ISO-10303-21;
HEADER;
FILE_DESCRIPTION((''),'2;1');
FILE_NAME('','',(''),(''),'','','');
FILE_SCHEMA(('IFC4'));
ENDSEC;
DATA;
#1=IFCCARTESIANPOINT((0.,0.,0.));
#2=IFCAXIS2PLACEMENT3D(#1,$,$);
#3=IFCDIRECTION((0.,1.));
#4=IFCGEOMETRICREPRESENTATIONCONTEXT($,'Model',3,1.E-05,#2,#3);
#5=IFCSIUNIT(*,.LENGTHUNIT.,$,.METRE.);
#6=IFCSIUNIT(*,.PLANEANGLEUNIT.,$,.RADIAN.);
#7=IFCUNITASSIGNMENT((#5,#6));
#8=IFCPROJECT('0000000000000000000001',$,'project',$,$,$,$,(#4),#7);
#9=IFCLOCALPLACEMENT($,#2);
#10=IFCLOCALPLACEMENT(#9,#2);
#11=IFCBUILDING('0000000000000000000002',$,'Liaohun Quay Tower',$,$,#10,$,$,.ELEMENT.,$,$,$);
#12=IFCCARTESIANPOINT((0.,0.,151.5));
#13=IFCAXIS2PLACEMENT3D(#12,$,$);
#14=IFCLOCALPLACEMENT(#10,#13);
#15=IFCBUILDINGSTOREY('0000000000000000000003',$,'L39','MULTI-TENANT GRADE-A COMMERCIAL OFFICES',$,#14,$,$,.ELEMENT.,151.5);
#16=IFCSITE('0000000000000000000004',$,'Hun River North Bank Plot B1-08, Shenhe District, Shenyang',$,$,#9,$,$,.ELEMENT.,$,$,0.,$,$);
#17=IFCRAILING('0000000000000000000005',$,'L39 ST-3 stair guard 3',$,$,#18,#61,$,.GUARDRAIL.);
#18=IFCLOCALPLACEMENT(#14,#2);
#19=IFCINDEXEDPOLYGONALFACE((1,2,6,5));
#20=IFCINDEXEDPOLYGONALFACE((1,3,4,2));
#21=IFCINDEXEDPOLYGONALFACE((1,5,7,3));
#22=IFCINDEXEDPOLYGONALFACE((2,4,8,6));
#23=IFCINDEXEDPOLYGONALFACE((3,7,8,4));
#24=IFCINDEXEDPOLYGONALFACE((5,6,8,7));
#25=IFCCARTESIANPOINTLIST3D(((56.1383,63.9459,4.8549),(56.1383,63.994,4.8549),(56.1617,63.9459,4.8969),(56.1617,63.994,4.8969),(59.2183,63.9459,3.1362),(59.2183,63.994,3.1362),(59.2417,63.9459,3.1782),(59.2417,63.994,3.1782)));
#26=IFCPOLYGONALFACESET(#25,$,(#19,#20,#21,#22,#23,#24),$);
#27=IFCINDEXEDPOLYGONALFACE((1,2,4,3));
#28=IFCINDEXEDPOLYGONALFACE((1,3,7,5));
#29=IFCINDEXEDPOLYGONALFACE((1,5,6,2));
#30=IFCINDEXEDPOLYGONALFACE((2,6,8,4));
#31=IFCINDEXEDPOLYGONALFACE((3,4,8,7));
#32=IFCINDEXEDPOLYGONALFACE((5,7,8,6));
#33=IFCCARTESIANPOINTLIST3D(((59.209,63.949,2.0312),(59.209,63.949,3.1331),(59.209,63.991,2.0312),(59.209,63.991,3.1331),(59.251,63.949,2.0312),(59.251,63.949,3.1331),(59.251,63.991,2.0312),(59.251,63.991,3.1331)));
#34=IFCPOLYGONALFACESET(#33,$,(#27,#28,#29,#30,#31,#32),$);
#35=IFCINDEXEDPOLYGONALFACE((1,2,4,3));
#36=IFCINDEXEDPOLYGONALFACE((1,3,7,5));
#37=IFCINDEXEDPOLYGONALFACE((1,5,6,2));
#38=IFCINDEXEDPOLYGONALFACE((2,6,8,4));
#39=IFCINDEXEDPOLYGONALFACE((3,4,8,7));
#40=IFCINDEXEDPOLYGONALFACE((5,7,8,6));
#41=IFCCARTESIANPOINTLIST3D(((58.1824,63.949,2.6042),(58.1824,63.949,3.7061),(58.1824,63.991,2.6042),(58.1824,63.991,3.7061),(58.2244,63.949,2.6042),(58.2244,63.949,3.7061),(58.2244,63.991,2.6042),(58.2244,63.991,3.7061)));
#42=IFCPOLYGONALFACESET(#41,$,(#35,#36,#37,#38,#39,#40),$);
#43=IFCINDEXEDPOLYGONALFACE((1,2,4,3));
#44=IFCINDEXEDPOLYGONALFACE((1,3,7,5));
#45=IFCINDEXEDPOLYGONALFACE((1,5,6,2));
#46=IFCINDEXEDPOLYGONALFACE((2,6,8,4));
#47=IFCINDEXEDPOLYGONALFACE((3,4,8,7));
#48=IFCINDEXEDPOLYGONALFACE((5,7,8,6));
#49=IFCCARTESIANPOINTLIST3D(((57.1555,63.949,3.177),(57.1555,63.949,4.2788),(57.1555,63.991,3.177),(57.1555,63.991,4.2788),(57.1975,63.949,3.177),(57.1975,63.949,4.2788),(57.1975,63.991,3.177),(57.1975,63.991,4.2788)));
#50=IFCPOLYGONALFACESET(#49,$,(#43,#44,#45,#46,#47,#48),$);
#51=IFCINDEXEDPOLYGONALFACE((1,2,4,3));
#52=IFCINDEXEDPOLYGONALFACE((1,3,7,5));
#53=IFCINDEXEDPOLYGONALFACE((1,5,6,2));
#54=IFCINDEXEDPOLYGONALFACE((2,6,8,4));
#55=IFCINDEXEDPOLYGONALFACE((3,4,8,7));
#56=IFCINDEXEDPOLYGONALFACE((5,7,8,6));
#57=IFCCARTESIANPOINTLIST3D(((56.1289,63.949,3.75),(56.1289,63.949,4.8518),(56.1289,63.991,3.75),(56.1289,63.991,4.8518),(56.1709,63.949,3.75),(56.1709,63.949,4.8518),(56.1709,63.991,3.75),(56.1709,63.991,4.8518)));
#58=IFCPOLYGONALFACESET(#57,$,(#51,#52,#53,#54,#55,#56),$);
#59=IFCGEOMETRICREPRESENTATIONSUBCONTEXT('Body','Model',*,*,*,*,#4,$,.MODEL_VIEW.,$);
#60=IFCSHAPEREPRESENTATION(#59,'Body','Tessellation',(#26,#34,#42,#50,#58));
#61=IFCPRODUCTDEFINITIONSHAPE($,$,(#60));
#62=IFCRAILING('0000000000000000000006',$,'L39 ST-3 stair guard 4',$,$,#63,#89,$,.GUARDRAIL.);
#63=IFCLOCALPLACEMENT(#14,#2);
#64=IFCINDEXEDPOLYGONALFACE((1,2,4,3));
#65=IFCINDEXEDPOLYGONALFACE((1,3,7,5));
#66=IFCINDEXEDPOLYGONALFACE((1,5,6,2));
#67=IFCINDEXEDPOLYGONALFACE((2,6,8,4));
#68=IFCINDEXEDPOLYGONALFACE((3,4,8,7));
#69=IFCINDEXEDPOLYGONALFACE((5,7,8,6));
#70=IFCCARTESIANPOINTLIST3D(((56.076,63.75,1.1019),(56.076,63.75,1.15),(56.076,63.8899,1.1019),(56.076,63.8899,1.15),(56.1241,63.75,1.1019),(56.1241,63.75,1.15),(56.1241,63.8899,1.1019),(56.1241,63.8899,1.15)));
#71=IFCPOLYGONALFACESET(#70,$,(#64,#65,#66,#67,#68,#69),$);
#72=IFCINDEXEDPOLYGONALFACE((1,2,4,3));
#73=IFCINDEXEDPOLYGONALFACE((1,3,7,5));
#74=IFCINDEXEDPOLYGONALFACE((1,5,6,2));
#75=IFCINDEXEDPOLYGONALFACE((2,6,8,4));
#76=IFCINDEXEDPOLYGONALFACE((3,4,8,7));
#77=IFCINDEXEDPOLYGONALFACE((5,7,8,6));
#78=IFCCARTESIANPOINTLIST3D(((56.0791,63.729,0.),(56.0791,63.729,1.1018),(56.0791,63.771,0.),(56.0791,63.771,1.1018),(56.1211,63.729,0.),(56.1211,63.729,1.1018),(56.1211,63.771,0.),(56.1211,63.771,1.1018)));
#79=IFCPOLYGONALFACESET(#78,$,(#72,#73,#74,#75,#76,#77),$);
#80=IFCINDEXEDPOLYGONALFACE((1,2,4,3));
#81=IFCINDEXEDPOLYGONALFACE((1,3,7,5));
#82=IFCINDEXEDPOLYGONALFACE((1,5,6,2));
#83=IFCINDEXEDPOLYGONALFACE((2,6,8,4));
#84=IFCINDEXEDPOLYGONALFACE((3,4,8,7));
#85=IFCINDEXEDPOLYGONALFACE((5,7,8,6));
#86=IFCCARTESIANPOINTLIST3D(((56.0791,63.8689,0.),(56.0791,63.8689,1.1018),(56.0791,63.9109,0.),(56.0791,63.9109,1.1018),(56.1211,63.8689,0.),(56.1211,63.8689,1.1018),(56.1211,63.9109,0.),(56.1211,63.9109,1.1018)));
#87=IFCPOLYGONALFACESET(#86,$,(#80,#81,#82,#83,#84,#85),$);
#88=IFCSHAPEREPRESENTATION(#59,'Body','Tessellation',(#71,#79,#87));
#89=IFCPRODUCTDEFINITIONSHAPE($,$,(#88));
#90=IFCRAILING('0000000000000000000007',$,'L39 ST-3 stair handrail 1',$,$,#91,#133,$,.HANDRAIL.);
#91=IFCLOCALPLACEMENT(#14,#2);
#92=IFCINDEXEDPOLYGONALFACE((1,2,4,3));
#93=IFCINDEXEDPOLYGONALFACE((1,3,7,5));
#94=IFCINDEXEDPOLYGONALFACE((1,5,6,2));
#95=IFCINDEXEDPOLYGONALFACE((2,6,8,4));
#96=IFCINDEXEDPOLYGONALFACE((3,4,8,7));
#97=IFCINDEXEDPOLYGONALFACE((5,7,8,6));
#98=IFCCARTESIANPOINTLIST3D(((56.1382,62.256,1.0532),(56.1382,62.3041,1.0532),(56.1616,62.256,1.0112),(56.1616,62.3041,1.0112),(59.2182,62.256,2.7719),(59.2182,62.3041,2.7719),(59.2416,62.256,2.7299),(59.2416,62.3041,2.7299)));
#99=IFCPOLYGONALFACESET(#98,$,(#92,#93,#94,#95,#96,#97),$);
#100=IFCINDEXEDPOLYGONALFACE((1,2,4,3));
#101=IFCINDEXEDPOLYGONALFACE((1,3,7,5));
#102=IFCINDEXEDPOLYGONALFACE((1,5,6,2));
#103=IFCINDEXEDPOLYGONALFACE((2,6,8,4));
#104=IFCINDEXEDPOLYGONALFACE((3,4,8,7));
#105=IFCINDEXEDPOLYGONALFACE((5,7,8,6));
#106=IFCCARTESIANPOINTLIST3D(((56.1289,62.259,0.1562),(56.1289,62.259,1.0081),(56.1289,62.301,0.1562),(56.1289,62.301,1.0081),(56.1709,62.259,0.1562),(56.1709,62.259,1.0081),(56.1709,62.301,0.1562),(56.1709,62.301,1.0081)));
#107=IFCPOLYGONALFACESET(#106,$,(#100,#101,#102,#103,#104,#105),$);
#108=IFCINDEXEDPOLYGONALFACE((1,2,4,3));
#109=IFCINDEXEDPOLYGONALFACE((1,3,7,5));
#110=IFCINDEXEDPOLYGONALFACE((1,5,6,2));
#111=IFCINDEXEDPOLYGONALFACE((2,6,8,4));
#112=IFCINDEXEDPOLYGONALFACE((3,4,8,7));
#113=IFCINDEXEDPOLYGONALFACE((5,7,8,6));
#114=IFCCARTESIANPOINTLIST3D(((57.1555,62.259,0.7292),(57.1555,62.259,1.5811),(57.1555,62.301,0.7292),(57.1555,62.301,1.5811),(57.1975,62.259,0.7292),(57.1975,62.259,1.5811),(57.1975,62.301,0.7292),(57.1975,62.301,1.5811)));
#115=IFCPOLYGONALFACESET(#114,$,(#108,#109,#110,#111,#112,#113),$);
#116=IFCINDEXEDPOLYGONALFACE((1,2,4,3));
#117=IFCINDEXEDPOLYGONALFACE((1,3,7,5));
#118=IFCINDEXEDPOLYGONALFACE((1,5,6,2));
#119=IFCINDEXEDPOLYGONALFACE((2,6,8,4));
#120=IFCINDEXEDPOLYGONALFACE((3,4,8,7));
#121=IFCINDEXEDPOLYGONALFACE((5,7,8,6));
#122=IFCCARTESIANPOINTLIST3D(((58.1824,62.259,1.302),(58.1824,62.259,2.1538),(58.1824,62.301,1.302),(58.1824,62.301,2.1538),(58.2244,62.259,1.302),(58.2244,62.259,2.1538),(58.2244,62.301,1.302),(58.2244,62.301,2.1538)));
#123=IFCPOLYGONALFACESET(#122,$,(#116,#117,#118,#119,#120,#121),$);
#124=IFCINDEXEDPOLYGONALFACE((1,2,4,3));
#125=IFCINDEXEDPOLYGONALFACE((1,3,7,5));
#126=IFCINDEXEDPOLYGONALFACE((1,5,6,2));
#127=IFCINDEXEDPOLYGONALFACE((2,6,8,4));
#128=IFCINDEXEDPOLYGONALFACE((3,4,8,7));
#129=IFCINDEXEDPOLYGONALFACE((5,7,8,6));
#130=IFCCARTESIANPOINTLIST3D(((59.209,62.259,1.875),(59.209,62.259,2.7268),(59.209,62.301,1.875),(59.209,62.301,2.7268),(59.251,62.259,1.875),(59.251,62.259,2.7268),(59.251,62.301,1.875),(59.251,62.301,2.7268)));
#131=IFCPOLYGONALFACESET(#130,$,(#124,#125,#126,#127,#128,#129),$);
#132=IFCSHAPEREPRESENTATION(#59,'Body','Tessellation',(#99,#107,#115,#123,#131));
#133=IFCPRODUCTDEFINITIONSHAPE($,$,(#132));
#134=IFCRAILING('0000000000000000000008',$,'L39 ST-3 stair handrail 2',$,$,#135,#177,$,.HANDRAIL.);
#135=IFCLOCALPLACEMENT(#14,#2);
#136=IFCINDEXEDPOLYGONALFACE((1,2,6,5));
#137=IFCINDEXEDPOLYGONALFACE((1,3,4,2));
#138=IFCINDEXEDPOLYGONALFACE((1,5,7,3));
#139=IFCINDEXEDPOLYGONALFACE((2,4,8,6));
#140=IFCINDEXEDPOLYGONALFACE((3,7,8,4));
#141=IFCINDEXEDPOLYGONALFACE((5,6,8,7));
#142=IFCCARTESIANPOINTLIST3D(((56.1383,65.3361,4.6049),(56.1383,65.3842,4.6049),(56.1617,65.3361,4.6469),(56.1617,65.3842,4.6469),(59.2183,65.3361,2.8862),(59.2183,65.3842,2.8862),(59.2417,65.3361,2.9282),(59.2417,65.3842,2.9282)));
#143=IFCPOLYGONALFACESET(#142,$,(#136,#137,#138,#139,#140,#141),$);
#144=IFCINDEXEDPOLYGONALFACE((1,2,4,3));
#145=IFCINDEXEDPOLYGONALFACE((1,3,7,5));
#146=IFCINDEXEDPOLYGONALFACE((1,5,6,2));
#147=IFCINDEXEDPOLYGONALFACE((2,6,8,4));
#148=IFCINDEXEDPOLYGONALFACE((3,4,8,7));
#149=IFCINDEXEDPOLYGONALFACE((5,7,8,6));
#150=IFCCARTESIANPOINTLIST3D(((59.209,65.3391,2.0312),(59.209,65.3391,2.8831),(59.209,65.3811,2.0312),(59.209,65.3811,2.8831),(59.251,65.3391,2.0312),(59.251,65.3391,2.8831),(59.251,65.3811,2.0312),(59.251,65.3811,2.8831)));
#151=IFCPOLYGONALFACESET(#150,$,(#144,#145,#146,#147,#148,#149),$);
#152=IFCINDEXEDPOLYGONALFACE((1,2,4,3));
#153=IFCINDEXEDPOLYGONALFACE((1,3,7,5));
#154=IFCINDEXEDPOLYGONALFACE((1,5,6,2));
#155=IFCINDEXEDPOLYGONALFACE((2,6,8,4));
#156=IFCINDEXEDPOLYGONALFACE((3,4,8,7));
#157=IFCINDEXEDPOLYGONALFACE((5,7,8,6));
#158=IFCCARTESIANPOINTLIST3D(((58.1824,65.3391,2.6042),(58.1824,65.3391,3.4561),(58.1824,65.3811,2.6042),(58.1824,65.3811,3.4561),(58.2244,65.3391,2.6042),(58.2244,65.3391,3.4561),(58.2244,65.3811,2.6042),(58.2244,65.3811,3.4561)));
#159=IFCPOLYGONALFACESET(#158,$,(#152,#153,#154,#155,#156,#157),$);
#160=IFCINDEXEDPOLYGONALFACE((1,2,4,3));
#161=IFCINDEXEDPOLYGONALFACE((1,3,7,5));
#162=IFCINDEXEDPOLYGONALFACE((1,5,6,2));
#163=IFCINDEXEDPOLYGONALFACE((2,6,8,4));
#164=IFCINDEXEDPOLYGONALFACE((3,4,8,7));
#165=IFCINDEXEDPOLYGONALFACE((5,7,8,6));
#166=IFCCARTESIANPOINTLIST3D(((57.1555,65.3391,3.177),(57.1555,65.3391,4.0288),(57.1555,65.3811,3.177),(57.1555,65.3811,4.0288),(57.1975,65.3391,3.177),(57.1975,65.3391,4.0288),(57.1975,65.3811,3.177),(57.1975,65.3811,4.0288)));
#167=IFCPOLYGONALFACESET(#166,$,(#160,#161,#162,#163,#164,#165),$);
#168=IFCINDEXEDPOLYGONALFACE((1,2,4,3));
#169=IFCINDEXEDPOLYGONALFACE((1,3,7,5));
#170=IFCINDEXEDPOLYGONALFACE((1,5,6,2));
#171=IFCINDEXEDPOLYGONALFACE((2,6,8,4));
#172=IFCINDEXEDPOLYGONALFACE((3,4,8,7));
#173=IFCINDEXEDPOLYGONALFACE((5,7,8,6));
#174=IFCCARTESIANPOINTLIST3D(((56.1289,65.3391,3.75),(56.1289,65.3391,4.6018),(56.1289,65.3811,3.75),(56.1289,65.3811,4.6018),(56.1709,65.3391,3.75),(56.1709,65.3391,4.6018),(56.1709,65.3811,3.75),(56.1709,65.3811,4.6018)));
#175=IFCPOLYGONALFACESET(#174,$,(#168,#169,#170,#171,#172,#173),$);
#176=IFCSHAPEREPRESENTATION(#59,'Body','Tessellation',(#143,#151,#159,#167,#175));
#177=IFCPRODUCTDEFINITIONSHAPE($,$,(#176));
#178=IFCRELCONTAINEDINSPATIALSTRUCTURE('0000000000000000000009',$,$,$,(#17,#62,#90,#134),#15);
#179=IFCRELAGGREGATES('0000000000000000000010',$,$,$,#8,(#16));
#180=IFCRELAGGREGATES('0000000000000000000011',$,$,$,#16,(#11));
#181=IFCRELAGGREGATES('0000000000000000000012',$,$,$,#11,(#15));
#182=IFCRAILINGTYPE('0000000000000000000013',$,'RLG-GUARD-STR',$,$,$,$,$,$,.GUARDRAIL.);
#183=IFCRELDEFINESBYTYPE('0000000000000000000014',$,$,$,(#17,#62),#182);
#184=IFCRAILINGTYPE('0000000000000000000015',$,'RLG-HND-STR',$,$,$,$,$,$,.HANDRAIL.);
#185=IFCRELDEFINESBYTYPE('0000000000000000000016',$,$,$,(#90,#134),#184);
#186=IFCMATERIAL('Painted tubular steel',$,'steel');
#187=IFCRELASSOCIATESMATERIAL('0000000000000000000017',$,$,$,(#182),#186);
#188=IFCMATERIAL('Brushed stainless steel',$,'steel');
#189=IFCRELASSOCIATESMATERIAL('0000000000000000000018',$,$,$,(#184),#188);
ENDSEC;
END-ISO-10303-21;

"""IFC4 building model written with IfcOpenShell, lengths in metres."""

from ifc_helpers import new_model, si_unit, direction, frame, origin, origin_2d, place, context, subcontext, project, spatial, rectangle, extrude, material, type_object, element, save


model = new_model("IFC4")

# Units and contexts
model_context = context("Model", 3, precision=1e-05, world=origin(), true_north=direction((0.0, 1.0)))
body_context = subcontext(model_context, "Body", "Model", "MODEL_VIEW")
ifc_project = project(units=[si_unit("LENGTHUNIT", "METRE"), si_unit("PLANEANGLEUNIT", "RADIAN")], contexts=[model_context])

# Site, building, storey
site_placement = place(None, origin())
site = spatial("IfcSite", under=ifc_project, at=site_placement, Name="Hun River North Bank Plot B1-08, Shenhe District, Shenyang", CompositionType="ELEMENT", RefElevation=0.0)
building_placement = place(site_placement, origin())
building = spatial("IfcBuilding", under=site, at=building_placement, Name="Liaohun Quay Tower", CompositionType="ELEMENT")
storey_placement = place(building_placement, frame((0.0, 0.0, 151.5)))
storey = spatial("IfcBuildingStorey", under=building, at=storey_placement, Name="L39", Description="MULTI-TENANT GRADE-A COMMERCIAL OFFICES", CompositionType="ELEMENT", Elevation=151.5)

# Railings
ifc_material_1 = material(Name="Painted tubular steel", Category="steel")
railing_type_1 = type_object("IfcRailingType", Name="RLG-GUARD-STR", PredefinedType="GUARDRAIL", material=ifc_material_1)
railing_1_placement = place(storey_placement, frame((59.23, 63.97, 2.0312)))
element("IfcRailing", 1, at=railing_1_placement, inside=storey, type_object=railing_type_1, Name="L39 ST-3 stair guard 3", PredefinedType="GUARDRAIL", context=body_context, shape_type="SweptSolid", body=[
    extrude(rectangle(XDim=0.0481, YDim=0.0481, at=origin_2d()), frame((0.0, 0.0, 1.126), z_axis=(-0.873242, 0.0, 0.487288), x_axis=(0.0, -1.0, 0.0)), (0.0, 0.0, 1.0), 3.5271),
    extrude(rectangle(XDim=0.042, YDim=0.042, at=origin_2d()), origin(), (0.0, 0.0, 1.0), 1.1018),
    extrude(rectangle(XDim=0.042, YDim=0.042, at=origin_2d()), frame((-1.0266, 0.0, 0.573)), (0.0, 0.0, 1.0), 1.1018),
    extrude(rectangle(XDim=0.042, YDim=0.042, at=origin_2d()), frame((-2.0535, 0.0, 1.1458)), (0.0, 0.0, 1.0), 1.1018),
    extrude(rectangle(XDim=0.042, YDim=0.042, at=origin_2d()), frame((-3.0801, 0.0, 1.7188)), (0.0, 0.0, 1.0), 1.1018),
])
railing_2_placement = place(storey_placement, frame((56.1001, 63.75, 0.0)))
element("IfcRailing", 2, at=railing_2_placement, inside=storey, type_object=railing_type_1, Name="L39 ST-3 stair guard 4", PredefinedType="GUARDRAIL", context=body_context, shape_type="SweptSolid", body=[
    extrude(rectangle(XDim=0.0481, YDim=0.0481, at=origin_2d()), frame((0.0, 0.0, 1.126), z_axis=(0.0, 1.0, 0.0), x_axis=(-1.0, 0.0, 0.0)), (0.0, 0.0, 1.0), 0.1399),
    extrude(rectangle(XDim=0.042, YDim=0.042, at=origin_2d()), origin(), (0.0, 0.0, 1.0), 1.1018),
    extrude(rectangle(XDim=0.042, YDim=0.042, at=origin_2d()), frame((0.0, 0.1399, 0.0)), (0.0, 0.0, 1.0), 1.1018),
])
ifc_material_2 = material(Name="Brushed stainless steel", Category="steel")
railing_type_2 = type_object("IfcRailingType", Name="RLG-HND-STR", PredefinedType="HANDRAIL", material=ifc_material_2)
railing_3_placement = place(storey_placement, frame((56.1499, 62.28, 0.1562)))
element("IfcRailing", 3, at=railing_3_placement, inside=storey, type_object=railing_type_2, Name="L39 ST-3 stair handrail 1", PredefinedType="HANDRAIL", context=body_context, shape_type="SweptSolid", body=[
    extrude(rectangle(XDim=0.0481, YDim=0.0481, at=origin_2d()), frame((0.0, 0.0, 0.876), z_axis=(0.873242, 0.0, 0.487288), x_axis=(0.0, 1.0, 0.0)), (0.0, 0.0, 1.0), 3.5271),
    extrude(rectangle(XDim=0.042, YDim=0.042, at=origin_2d()), origin(), (0.0, 0.0, 1.0), 0.8518),
    extrude(rectangle(XDim=0.042, YDim=0.042, at=origin_2d()), frame((1.0266, 0.0, 0.573)), (0.0, 0.0, 1.0), 0.8518),
    extrude(rectangle(XDim=0.042, YDim=0.042, at=origin_2d()), frame((2.0535, 0.0, 1.1458)), (0.0, 0.0, 1.0), 0.8518),
    extrude(rectangle(XDim=0.042, YDim=0.042, at=origin_2d()), frame((3.0801, 0.0, 1.7188)), (0.0, 0.0, 1.0), 0.8518),
])
railing_4_placement = place(storey_placement, frame((59.23, 65.3601, 2.0312)))
element("IfcRailing", 4, at=railing_4_placement, inside=storey, type_object=railing_type_2, Name="L39 ST-3 stair handrail 2", PredefinedType="HANDRAIL", context=body_context, shape_type="SweptSolid", body=[
    extrude(rectangle(XDim=0.0481, YDim=0.0481, at=origin_2d()), frame((0.0, 0.0, 0.876), z_axis=(-0.873242, 0.0, 0.487288), x_axis=(0.0, -1.0, 0.0)), (0.0, 0.0, 1.0), 3.5271),
    extrude(rectangle(XDim=0.042, YDim=0.042, at=origin_2d()), origin(), (0.0, 0.0, 1.0), 0.8518),
    extrude(rectangle(XDim=0.042, YDim=0.042, at=origin_2d()), frame((-1.0266, 0.0, 0.573)), (0.0, 0.0, 1.0), 0.8518),
    extrude(rectangle(XDim=0.042, YDim=0.042, at=origin_2d()), frame((-2.0535, 0.0, 1.1458)), (0.0, 0.0, 1.0), 0.8518),
    extrude(rectangle(XDim=0.042, YDim=0.042, at=origin_2d()), frame((-3.0801, 0.0, 1.7188)), (0.0, 0.0, 1.0), 0.8518),
])

save(model, "model.ifc")
